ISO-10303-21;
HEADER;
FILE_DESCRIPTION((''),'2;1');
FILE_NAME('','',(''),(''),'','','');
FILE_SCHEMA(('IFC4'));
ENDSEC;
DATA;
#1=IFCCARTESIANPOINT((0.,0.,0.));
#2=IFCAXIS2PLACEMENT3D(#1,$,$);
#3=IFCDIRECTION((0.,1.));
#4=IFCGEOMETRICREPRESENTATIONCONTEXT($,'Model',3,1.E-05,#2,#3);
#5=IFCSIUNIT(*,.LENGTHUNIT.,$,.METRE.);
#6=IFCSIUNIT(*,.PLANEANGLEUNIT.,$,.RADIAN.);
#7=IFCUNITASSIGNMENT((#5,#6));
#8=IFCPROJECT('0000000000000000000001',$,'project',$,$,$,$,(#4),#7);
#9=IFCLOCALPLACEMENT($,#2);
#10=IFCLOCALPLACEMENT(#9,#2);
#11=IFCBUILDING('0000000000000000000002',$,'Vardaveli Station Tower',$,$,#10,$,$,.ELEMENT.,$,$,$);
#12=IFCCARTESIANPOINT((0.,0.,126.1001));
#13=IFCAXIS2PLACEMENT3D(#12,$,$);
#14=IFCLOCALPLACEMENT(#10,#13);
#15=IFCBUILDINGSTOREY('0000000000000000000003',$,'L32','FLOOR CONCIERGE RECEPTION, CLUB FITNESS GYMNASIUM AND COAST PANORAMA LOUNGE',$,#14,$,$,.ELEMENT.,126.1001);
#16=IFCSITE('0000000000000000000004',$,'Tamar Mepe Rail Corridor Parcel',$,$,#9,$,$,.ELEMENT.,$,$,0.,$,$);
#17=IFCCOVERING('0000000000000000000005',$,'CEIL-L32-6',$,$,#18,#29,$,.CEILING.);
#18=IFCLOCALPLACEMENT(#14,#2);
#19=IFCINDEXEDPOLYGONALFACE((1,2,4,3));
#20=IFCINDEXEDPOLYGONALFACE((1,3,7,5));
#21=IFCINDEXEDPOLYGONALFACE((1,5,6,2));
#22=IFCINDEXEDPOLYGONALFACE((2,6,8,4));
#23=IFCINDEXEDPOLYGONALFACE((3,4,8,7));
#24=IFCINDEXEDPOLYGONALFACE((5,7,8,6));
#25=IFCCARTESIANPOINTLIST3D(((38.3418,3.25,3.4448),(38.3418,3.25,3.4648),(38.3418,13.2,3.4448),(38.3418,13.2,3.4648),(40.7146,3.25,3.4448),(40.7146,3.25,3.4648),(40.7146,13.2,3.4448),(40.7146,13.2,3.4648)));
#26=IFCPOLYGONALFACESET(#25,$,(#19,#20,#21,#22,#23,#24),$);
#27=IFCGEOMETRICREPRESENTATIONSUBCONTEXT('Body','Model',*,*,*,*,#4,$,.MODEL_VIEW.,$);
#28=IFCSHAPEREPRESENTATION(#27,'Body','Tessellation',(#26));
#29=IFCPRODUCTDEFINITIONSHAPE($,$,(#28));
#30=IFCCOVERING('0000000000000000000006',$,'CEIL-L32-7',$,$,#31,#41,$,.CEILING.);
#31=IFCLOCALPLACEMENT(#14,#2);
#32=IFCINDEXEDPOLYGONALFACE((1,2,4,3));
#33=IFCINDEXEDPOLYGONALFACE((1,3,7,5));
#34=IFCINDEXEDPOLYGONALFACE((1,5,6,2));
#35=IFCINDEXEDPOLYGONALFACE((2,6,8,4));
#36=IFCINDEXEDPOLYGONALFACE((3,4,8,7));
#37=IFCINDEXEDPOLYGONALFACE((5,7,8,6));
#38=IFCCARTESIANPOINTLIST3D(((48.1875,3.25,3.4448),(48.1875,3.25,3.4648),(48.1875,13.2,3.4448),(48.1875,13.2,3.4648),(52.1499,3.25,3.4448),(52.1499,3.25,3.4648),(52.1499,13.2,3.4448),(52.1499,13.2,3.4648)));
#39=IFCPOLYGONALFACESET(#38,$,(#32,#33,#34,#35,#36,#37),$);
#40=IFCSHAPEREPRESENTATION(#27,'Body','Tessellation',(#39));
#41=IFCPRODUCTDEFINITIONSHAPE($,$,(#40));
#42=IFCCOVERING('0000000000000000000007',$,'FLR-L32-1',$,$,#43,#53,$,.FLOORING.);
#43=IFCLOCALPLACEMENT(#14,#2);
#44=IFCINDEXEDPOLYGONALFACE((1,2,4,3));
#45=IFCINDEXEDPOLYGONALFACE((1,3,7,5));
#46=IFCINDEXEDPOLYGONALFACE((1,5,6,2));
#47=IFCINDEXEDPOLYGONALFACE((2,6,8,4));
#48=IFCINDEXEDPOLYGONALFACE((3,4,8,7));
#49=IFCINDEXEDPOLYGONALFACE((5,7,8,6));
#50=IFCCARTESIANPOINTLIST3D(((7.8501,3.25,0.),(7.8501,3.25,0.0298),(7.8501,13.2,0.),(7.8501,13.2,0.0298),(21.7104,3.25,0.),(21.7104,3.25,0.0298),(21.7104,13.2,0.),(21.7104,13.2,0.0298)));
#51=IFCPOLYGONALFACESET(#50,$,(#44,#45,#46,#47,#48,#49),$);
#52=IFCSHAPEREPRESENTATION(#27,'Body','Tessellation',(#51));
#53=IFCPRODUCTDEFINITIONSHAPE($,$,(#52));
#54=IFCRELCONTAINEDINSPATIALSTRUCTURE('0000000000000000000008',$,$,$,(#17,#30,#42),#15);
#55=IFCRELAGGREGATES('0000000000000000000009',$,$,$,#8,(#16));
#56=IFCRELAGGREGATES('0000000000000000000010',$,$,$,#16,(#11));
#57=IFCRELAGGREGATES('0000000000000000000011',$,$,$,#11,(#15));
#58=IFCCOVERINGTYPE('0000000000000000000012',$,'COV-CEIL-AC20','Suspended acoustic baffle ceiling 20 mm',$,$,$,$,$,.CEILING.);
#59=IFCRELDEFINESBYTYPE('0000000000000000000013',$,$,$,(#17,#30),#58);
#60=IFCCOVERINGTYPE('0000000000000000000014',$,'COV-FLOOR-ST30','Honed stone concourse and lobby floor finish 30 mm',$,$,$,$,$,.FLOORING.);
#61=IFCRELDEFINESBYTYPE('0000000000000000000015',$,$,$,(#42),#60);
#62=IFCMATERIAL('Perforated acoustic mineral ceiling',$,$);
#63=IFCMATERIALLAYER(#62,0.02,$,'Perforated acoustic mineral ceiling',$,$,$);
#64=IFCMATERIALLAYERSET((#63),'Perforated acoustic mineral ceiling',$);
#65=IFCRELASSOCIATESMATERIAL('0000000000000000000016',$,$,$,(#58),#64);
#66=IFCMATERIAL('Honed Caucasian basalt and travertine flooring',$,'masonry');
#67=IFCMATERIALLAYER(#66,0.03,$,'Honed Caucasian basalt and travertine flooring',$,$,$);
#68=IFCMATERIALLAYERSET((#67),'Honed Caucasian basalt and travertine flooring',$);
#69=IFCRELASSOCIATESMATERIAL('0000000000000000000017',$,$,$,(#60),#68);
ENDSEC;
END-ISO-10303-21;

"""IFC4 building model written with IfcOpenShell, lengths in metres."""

from ifc_helpers import new_model, si_unit, direction, frame, origin, place, context, subcontext, project, spatial, polyline, outline, extrude, material, layer, layer_set, type_object, element, save


model = new_model("IFC4")

# Units and contexts
model_context = context("Model", 3, precision=1e-05, world=origin(), true_north=direction((0.0, 1.0)))
body_context = subcontext(model_context, "Body", "Model", "MODEL_VIEW")
ifc_project = project(units=[si_unit("LENGTHUNIT", "METRE"), si_unit("PLANEANGLEUNIT", "RADIAN")], contexts=[model_context])

# Site, building, storey
site_placement = place(None, origin())
site = spatial("IfcSite", under=ifc_project, at=site_placement, Name="Tamar Mepe Rail Corridor Parcel", CompositionType="ELEMENT", RefElevation=0.0)
building_placement = place(site_placement, origin())
building = spatial("IfcBuilding", under=site, at=building_placement, Name="Vardaveli Station Tower", CompositionType="ELEMENT")
storey_placement = place(building_placement, frame((0.0, 0.0, 126.1001)))
storey = spatial("IfcBuildingStorey", under=building, at=storey_placement, Name="L32", Description="FLOOR CONCIERGE RECEPTION, CLUB FITNESS GYMNASIUM AND COAST PANORAMA LOUNGE", CompositionType="ELEMENT", Elevation=126.1001)

# Coverings
ifc_material_1 = material(Name="Perforated acoustic mineral ceiling")
ifc_layer_1 = layer(ifc_material_1, 0.02, Name="Perforated acoustic mineral ceiling")
ifc_layer_set_1 = layer_set([ifc_layer_1], Name="Perforated acoustic mineral ceiling")
covering_type_1 = type_object("IfcCoveringType", Name="COV-CEIL-AC20", Description="Suspended acoustic baffle ceiling 20 mm", PredefinedType="CEILING", material=ifc_layer_set_1)
covering_1_placement = place(storey_placement, frame((0.0, 0.0, 3.4448)))
element("IfcCovering", 1, at=covering_1_placement, inside=storey, type_object=covering_type_1, Name="CEIL-L32-6", PredefinedType="CEILING", context=body_context, shape_type="SweptSolid", body=[
    extrude(outline(polyline([(38.3418, 3.25), (40.7146, 3.25), (40.7146, 13.2), (38.3418, 13.2), (38.3418, 3.25)])), origin(), (0.0, 0.0, 1.0), 0.02),
])
covering_2_placement = place(storey_placement, frame((0.0, 0.0, 3.4448)))
element("IfcCovering", 2, at=covering_2_placement, inside=storey, type_object=covering_type_1, Name="CEIL-L32-7", PredefinedType="CEILING", context=body_context, shape_type="SweptSolid", body=[
    extrude(outline(polyline([(48.1875, 3.25), (52.1499, 3.25), (52.1499, 13.2), (48.1875, 13.2), (48.1875, 3.25)])), origin(), (0.0, 0.0, 1.0), 0.02),
])
ifc_material_2 = material(Name="Honed Caucasian basalt and travertine flooring", Category="masonry")
ifc_layer_2 = layer(ifc_material_2, 0.03, Name="Honed Caucasian basalt and travertine flooring")
ifc_layer_set_2 = layer_set([ifc_layer_2], Name="Honed Caucasian basalt and travertine flooring")
covering_type_2 = type_object("IfcCoveringType", Name="COV-FLOOR-ST30", Description="Honed stone concourse and lobby floor finish 30 mm", PredefinedType="FLOORING", material=ifc_layer_set_2)
covering_3_placement = place(storey_placement, origin())
element("IfcCovering", 3, at=covering_3_placement, inside=storey, type_object=covering_type_2, Name="FLR-L32-1", PredefinedType="FLOORING", context=body_context, shape_type="SweptSolid", body=[
    extrude(outline(polyline([(7.8501, 3.25), (21.7104, 3.25), (21.7104, 13.2), (7.8501, 13.2), (7.8501, 3.25)])), origin(), (0.0, 0.0, 1.0), 0.0298),
])

save(model, "model.ifc")
